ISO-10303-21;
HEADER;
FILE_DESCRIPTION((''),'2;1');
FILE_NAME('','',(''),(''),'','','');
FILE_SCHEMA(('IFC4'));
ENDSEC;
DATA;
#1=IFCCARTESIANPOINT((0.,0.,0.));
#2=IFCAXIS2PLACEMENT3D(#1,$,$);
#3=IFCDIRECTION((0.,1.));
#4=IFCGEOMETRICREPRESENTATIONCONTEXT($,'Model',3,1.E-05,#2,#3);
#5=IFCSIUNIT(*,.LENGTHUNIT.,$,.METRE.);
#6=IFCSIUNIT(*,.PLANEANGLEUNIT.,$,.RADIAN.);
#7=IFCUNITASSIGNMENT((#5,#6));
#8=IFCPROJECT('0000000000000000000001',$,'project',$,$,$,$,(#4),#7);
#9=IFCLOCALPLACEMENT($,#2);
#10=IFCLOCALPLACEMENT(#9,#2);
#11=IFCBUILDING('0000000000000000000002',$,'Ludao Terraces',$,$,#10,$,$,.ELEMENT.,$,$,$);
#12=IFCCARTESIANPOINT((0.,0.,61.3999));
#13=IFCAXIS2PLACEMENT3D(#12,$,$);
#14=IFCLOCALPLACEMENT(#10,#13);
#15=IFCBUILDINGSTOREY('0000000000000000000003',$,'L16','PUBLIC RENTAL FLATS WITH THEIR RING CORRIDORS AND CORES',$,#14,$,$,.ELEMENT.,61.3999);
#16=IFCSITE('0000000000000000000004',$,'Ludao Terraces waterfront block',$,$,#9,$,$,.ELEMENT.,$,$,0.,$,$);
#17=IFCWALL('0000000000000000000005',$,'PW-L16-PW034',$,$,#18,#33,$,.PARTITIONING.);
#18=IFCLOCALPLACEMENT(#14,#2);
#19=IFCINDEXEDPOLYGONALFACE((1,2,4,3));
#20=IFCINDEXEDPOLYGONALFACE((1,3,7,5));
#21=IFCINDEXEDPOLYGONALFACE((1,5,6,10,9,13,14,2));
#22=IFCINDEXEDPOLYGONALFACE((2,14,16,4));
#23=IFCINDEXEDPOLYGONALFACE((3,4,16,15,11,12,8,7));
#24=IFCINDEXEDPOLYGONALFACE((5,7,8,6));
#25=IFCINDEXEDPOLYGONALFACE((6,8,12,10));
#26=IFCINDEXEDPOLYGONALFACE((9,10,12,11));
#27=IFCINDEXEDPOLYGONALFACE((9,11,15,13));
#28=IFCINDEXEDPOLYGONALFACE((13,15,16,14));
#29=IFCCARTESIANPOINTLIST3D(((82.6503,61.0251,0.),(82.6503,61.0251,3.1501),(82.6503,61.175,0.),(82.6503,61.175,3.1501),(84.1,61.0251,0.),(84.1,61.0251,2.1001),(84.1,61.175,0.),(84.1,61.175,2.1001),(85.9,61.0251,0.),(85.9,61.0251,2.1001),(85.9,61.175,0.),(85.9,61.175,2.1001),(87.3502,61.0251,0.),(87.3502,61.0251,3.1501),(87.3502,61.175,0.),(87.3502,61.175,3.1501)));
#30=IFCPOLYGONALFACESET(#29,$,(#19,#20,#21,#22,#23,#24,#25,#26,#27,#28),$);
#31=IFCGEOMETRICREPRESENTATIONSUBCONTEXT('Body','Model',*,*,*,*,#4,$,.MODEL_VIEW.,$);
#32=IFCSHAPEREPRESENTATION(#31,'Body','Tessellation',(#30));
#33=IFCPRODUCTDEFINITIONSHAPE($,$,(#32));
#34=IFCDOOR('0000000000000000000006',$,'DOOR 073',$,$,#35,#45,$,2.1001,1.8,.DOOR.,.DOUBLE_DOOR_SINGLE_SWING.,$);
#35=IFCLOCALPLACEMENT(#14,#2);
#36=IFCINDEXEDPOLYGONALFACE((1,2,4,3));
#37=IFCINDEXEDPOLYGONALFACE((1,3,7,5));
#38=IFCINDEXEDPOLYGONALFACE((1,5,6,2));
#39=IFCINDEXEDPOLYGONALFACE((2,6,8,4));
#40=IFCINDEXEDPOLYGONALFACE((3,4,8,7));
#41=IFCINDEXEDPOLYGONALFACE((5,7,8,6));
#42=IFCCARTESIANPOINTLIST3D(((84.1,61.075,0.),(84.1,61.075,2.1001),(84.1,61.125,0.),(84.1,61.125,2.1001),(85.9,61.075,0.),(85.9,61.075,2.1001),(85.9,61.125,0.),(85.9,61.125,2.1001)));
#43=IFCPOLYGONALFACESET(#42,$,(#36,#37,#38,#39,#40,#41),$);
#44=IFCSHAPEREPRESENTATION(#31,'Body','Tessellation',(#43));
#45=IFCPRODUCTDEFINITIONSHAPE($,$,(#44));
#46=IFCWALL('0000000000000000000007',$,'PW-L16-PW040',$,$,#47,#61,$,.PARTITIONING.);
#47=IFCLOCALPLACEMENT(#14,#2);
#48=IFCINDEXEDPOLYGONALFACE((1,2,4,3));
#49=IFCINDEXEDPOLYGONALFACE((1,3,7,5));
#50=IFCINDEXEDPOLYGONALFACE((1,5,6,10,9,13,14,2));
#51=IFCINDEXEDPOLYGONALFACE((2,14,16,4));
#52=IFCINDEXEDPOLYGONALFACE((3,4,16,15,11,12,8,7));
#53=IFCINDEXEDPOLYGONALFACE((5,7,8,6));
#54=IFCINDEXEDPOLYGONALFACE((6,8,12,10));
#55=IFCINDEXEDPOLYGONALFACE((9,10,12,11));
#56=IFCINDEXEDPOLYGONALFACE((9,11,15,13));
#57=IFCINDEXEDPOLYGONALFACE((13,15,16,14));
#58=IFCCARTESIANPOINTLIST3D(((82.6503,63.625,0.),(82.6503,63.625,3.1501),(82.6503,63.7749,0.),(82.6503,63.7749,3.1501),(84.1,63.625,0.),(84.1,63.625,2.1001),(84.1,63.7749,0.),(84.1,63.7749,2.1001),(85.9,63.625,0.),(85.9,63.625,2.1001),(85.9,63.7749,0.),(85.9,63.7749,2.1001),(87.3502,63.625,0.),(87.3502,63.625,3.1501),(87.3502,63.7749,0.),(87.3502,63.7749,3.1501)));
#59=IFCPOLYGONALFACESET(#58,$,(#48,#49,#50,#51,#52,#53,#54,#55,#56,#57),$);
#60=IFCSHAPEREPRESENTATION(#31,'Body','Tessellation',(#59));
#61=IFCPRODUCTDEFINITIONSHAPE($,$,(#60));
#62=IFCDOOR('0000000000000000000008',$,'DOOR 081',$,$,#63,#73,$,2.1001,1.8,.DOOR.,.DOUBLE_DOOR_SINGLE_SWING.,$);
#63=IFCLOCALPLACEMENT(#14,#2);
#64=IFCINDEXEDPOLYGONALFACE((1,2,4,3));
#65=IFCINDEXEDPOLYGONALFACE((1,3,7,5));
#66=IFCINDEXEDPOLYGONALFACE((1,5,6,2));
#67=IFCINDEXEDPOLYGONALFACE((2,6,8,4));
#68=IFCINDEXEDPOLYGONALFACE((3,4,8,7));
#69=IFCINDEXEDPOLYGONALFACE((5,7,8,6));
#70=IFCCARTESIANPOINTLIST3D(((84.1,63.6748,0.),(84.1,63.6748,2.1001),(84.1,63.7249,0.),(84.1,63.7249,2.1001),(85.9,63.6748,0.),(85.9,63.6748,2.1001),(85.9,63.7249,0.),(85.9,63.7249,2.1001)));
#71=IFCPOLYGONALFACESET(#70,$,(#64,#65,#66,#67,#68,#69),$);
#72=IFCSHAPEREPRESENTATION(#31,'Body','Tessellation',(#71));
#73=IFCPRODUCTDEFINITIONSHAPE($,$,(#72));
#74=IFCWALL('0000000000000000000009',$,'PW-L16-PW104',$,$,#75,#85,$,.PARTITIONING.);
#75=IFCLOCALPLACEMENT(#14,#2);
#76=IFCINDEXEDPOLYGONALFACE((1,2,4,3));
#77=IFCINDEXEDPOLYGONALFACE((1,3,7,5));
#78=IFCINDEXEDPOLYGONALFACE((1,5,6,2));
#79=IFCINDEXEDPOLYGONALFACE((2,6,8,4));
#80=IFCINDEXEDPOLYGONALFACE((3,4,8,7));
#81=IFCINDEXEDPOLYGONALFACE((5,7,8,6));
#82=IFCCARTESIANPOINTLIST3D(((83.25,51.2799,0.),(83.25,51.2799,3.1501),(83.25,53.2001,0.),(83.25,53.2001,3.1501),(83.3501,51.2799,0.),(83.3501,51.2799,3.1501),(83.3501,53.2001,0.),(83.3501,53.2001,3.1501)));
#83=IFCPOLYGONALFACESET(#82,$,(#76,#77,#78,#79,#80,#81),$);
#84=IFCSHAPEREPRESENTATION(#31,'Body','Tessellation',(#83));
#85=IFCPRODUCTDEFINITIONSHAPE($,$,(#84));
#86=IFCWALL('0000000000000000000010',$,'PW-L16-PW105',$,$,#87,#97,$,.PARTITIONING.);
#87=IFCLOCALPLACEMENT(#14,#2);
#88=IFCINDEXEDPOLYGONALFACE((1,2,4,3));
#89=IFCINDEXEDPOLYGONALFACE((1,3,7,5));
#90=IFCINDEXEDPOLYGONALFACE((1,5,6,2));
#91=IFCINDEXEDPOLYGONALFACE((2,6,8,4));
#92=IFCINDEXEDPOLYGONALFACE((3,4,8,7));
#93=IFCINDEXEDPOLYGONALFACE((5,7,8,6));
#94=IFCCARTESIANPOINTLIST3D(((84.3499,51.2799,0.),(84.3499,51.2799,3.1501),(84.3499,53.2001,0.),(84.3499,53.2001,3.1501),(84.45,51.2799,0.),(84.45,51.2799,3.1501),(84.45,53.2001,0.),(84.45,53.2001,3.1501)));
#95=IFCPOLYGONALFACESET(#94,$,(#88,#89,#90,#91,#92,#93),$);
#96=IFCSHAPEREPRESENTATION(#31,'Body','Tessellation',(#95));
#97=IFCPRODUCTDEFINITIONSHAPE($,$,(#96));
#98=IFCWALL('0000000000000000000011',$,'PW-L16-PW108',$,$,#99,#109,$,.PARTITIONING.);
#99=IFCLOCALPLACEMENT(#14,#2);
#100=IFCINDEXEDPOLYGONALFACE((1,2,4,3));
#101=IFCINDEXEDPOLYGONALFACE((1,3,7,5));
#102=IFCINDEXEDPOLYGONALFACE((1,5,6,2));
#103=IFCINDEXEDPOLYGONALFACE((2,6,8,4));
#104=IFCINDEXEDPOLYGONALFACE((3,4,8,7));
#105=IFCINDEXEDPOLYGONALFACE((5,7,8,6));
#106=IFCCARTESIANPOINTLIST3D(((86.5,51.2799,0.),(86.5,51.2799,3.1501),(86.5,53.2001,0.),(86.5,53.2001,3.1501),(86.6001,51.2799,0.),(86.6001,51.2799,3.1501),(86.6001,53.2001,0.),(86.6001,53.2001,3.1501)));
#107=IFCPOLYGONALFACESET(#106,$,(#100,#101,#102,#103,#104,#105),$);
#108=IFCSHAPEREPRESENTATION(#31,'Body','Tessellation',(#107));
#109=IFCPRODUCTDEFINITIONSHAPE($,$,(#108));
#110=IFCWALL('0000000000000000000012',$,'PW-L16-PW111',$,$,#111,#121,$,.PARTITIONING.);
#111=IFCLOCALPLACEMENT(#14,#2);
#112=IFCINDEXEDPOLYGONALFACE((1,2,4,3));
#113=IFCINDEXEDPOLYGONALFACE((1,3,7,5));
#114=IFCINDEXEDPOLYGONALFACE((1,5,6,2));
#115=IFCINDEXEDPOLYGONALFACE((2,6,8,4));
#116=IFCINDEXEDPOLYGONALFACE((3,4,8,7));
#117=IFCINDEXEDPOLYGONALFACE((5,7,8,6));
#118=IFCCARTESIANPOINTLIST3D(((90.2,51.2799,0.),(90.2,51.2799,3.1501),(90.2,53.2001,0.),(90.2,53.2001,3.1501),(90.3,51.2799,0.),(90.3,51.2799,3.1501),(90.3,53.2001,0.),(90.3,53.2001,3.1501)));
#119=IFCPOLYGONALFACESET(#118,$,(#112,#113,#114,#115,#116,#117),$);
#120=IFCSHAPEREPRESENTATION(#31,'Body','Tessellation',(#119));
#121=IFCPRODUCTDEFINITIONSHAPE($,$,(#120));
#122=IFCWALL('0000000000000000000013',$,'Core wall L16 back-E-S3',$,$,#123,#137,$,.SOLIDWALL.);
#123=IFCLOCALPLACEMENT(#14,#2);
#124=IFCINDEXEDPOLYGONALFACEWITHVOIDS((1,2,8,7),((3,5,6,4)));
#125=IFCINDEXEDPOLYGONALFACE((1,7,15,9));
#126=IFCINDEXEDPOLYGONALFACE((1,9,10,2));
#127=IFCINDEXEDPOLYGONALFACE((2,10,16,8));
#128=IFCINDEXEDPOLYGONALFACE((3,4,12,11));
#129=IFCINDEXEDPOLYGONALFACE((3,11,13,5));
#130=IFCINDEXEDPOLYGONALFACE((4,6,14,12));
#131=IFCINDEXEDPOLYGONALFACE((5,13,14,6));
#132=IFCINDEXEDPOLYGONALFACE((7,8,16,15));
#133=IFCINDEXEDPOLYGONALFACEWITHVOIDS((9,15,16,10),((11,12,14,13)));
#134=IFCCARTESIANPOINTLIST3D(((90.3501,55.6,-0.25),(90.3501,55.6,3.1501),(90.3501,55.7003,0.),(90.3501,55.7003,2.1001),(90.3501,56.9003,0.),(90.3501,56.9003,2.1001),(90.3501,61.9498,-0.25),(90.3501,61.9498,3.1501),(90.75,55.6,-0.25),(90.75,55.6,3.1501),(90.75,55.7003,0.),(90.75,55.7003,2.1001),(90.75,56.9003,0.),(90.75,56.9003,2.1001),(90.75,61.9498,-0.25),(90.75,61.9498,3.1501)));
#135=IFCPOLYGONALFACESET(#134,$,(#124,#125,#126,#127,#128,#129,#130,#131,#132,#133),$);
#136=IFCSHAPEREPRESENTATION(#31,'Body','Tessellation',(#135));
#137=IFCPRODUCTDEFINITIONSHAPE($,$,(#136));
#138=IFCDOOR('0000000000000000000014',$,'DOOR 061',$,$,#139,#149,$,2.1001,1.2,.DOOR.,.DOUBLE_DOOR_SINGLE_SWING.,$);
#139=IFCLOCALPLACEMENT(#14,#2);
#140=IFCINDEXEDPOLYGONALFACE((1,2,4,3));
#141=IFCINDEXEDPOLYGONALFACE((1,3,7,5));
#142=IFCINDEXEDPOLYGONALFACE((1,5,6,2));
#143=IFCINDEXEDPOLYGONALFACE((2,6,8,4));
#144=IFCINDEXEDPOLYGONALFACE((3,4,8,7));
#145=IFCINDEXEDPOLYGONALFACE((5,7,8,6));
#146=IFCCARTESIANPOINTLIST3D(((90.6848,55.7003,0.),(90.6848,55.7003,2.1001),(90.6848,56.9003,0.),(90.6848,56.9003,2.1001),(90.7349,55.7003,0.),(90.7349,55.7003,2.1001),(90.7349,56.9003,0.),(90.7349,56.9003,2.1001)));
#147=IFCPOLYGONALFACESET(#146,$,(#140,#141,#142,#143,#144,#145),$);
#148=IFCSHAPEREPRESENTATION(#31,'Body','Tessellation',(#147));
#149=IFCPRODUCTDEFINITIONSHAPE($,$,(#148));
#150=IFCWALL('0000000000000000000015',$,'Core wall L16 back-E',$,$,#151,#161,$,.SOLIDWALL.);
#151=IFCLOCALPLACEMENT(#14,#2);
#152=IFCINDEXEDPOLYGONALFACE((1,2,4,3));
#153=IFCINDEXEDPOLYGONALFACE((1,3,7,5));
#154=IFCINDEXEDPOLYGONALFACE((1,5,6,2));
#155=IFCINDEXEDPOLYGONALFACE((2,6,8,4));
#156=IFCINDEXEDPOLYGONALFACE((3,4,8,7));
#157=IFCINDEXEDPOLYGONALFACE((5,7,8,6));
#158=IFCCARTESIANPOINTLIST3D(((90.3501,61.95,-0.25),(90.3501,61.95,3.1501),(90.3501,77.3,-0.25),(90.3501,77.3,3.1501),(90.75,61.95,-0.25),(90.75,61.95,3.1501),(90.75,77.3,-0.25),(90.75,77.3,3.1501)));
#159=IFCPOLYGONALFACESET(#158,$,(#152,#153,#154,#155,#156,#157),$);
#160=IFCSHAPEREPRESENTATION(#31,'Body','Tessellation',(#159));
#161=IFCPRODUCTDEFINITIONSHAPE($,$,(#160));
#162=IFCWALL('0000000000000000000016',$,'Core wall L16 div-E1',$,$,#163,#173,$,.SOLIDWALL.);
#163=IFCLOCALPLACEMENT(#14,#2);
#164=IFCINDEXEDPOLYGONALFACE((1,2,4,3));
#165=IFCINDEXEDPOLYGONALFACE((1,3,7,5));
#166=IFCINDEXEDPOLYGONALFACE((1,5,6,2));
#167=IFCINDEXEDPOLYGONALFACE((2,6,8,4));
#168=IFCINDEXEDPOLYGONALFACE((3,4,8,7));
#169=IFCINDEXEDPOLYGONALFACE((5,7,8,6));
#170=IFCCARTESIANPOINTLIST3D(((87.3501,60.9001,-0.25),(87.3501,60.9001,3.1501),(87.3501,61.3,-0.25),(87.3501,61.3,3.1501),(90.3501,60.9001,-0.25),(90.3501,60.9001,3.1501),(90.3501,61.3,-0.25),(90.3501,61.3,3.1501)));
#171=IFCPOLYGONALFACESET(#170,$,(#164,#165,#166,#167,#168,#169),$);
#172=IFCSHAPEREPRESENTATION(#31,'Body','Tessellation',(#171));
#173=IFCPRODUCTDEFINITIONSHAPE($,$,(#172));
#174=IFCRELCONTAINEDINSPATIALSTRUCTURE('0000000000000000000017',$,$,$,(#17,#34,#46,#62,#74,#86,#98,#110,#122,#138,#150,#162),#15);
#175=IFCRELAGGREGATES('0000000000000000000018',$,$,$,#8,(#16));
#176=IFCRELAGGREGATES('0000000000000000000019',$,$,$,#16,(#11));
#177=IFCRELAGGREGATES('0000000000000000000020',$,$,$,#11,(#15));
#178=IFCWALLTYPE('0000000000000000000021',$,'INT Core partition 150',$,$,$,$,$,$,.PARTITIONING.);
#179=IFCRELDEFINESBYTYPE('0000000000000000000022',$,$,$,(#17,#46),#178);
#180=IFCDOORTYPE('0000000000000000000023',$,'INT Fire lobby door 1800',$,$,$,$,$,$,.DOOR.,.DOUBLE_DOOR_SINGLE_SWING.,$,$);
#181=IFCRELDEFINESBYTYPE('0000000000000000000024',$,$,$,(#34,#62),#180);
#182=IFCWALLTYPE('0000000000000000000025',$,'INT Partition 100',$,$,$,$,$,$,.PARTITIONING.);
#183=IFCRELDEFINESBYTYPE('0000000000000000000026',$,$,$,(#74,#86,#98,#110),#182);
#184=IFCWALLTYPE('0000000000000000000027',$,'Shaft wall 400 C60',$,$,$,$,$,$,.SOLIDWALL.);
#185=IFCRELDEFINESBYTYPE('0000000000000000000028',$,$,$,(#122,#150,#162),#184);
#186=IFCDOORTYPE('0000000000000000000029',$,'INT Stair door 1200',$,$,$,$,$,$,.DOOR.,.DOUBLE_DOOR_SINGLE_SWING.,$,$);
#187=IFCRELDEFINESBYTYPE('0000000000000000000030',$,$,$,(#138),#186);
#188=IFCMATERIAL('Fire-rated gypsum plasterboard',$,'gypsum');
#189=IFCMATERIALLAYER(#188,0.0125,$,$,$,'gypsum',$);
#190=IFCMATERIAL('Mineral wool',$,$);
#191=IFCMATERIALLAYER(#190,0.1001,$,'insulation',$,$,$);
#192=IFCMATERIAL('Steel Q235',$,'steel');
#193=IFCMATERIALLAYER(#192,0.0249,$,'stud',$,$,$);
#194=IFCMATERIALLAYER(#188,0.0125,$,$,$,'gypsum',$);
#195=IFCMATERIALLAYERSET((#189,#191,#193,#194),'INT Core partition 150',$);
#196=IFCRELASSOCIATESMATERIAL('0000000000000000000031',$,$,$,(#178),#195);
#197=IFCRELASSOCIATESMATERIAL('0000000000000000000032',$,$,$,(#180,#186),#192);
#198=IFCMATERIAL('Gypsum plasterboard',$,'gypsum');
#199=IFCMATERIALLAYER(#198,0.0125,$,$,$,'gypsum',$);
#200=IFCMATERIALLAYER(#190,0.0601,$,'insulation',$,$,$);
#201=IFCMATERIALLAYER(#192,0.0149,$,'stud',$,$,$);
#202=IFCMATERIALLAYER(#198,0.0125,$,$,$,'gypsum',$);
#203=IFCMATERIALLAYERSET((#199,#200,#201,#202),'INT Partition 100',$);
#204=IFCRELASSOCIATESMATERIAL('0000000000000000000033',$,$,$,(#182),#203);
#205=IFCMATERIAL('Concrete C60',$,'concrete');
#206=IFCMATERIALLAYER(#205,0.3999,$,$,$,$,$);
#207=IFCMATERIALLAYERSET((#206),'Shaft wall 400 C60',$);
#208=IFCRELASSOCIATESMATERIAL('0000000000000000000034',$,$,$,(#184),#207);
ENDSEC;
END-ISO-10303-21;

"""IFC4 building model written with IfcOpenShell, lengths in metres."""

from ifc_helpers import new_model, si_unit, direction, frame, frame_2d, origin, place, context, subcontext, project, spatial, rectangle, extrude, material, layer, layer_set, type_object, element, fill, save


model = new_model("IFC4")

# Units and contexts
model_context = context("Model", 3, precision=1e-05, world=origin(), true_north=direction((0.0, 1.0)))
body_context = subcontext(model_context, "Body", "Model", "MODEL_VIEW")
ifc_project = project(units=[si_unit("LENGTHUNIT", "METRE"), si_unit("PLANEANGLEUNIT", "RADIAN")], contexts=[model_context])

# Site, building, storey
site_placement = place(None, origin())
site = spatial("IfcSite", under=ifc_project, at=site_placement, Name="Ludao Terraces waterfront block", CompositionType="ELEMENT", RefElevation=0.0)
building_placement = place(site_placement, origin())
building = spatial("IfcBuilding", under=site, at=building_placement, Name="Ludao Terraces", CompositionType="ELEMENT")
storey_placement = place(building_placement, frame((0.0, 0.0, 61.3999)))
storey = spatial("IfcBuildingStorey", under=building, at=storey_placement, Name="L16", Description="PUBLIC RENTAL FLATS WITH THEIR RING CORRIDORS AND CORES", CompositionType="ELEMENT", Elevation=61.3999)

# Walls, openings, doors
ifc_material_1 = material(Name="Fire-rated gypsum plasterboard", Category="gypsum")
ifc_layer_1 = layer(ifc_material_1, 0.0125, Category="gypsum")
ifc_material_2 = material(Name="Mineral wool")
ifc_layer_2 = layer(ifc_material_2, 0.1001, Name="insulation")
ifc_material_3 = material(Name="Steel Q235", Category="steel")
ifc_layer_3 = layer(ifc_material_3, 0.0249, Name="stud")
ifc_layer_4 = layer(ifc_material_1, 0.0125, Category="gypsum")
ifc_layer_set_1 = layer_set([ifc_layer_1, ifc_layer_2, ifc_layer_3, ifc_layer_4], Name="INT Core partition 150")
wall_type_1 = type_object("IfcWallType", Name="INT Core partition 150", PredefinedType="PARTITIONING", material=ifc_layer_set_1)
wall_1_placement = place(storey_placement, frame((82.6501, 61.1001, 0.0), z_axis=(0.0, 0.0, 1.0), x_axis=(1.0, 0.0, 0.0)))
wall_1 = element("IfcWall", 1, at=wall_1_placement, inside=storey, type_object=wall_type_1, Name="PW-L16-PW034", PredefinedType="PARTITIONING", context=body_context, shape_type="SweptSolid", body=[
    extrude(rectangle(XDim=4.7, YDim=0.1499, at=frame_2d((2.3501, 0.0))), origin(), (0.0, 0.0, 1.0), 3.1501),
])
opening_1_placement = place(wall_1_placement, frame((1.45, 0.0, 0.0)))
opening_1 = element("IfcOpeningElement", 2, at=opening_1_placement, cuts=wall_1, PredefinedType="OPENING", context=body_context, shape_type="SweptSolid", body=[
    extrude(rectangle(XDim=1.8, YDim=2.1001, at=frame_2d((0.8999, 1.05))), frame((0.0, 0.085, 0.0), z_axis=(0.0, -1.0, 0.0), x_axis=(1.0, 0.0, 0.0)), (0.0, 0.0, 1.0), 0.1699),
])
door_type_1 = type_object("IfcDoorType", Name="INT Fire lobby door 1800", OperationType="DOUBLE_DOOR_SINGLE_SWING", PredefinedType="DOOR", material=ifc_material_3)
door_1_placement = place(opening_1_placement, origin())
door_1 = element("IfcDoor", 3, at=door_1_placement, inside=storey, type_object=door_type_1, Name="DOOR 073", OperationType="DOUBLE_DOOR_SINGLE_SWING", OverallHeight=2.1001, OverallWidth=1.8, PredefinedType="DOOR", context=body_context, shape_type="SweptSolid", body=[
    extrude(rectangle(XDim=1.8, YDim=2.1001, at=frame_2d((0.8999, 1.05))), frame((0.0, 0.0249, 0.0), z_axis=(0.0, -1.0, 0.0), x_axis=(1.0, 0.0, 0.0)), (0.0, 0.0, 1.0), 0.05),
])
fill(opening_1, door_1)
wall_2_placement = place(storey_placement, frame((82.6501, 63.7, 0.0), z_axis=(0.0, 0.0, 1.0), x_axis=(1.0, 0.0, 0.0)))
wall_2 = element("IfcWall", 4, at=wall_2_placement, inside=storey, type_object=wall_type_1, Name="PW-L16-PW040", PredefinedType="PARTITIONING", context=body_context, shape_type="SweptSolid", body=[
    extrude(rectangle(XDim=4.7, YDim=0.1499, at=frame_2d((2.3501, 0.0))), origin(), (0.0, 0.0, 1.0), 3.1501),
])
opening_2_placement = place(wall_2_placement, frame((1.45, 0.0, 0.0)))
opening_2 = element("IfcOpeningElement", 5, at=opening_2_placement, cuts=wall_2, PredefinedType="OPENING", context=body_context, shape_type="SweptSolid", body=[
    extrude(rectangle(XDim=1.8, YDim=2.1001, at=frame_2d((0.8999, 1.05))), frame((0.0, 0.085, 0.0), z_axis=(0.0, -1.0, 0.0), x_axis=(1.0, 0.0, 0.0)), (0.0, 0.0, 1.0), 0.1699),
])
door_2_placement = place(opening_2_placement, origin())
door_2 = element("IfcDoor", 6, at=door_2_placement, inside=storey, type_object=door_type_1, Name="DOOR 081", OperationType="DOUBLE_DOOR_SINGLE_SWING", OverallHeight=2.1001, OverallWidth=1.8, PredefinedType="DOOR", context=body_context, shape_type="SweptSolid", body=[
    extrude(rectangle(XDim=1.8, YDim=2.1001, at=frame_2d((0.8999, 1.05))), frame((0.0, 0.0249, 0.0), z_axis=(0.0, -1.0, 0.0), x_axis=(1.0, 0.0, 0.0)), (0.0, 0.0, 1.0), 0.05),
])
fill(opening_2, door_2)

# Walls
ifc_material_4 = material(Name="Gypsum plasterboard", Category="gypsum")
ifc_layer_5 = layer(ifc_material_4, 0.0125, Category="gypsum")
ifc_layer_6 = layer(ifc_material_2, 0.0601, Name="insulation")
ifc_layer_7 = layer(ifc_material_3, 0.0149, Name="stud")
ifc_layer_8 = layer(ifc_material_4, 0.0125, Category="gypsum")
ifc_layer_set_2 = layer_set([ifc_layer_5, ifc_layer_6, ifc_layer_7, ifc_layer_8], Name="INT Partition 100")
wall_type_2 = type_object("IfcWallType", Name="INT Partition 100", PredefinedType="PARTITIONING", material=ifc_layer_set_2)
for number, where, z_axis, x_axis, name in (
    (7, (83.3, 51.28, 0.0), (0.0, 0.0, 1.0), (0.0, 1.0, 0.0), "PW-L16-PW104"),
    (8, (84.3999, 51.28, 0.0), (0.0, 0.0, 1.0), (0.0, 1.0, 0.0), "PW-L16-PW105"),
    (9, (86.55, 51.28, 0.0), (0.0, 0.0, 1.0), (0.0, 1.0, 0.0), "PW-L16-PW108"),
    (10, (90.25, 51.28, 0.0), (0.0, 0.0, 1.0), (0.0, 1.0, 0.0), "PW-L16-PW111"),
):
    element("IfcWall", number, at=place(storey_placement, frame(where, z_axis=z_axis, x_axis=x_axis)), inside=storey, type_object=wall_type_2, Name=name, PredefinedType="PARTITIONING", context=body_context, shape_type="SweptSolid", body=[
        extrude(rectangle(XDim=1.9202, YDim=0.1001, at=frame_2d((0.96, 0.0))), origin(), (0.0, 0.0, 1.0), 3.1501),
    ])

# Wall, opening, door
ifc_material_5 = material(Name="Concrete C60", Category="concrete")
ifc_layer_9 = layer(ifc_material_5, 0.3999)
ifc_layer_set_3 = layer_set([ifc_layer_9], Name="Shaft wall 400 C60")
wall_type_3 = type_object("IfcWallType", Name="Shaft wall 400 C60", PredefinedType="SOLIDWALL", material=ifc_layer_set_3)
wall_3_placement = place(storey_placement, frame((90.55, 55.6001, -0.25), z_axis=(0.0, 0.0, 1.0), x_axis=(0.0, 1.0, 0.0)))
wall_3 = element("IfcWall", 11, at=wall_3_placement, inside=storey, type_object=wall_type_3, Name="Core wall L16 back-E-S3", PredefinedType="SOLIDWALL", context=body_context, shape_type="SweptSolid", body=[
    extrude(rectangle(XDim=6.3499, YDim=0.3999, at=frame_2d((3.1748, 0.0))), origin(), (0.0, 0.0, 1.0), 3.4001),
])
opening_3_placement = place(wall_3_placement, frame((0.1001, 0.0, 0.25)))
opening_3 = element("IfcOpeningElement", 12, at=opening_3_placement, cuts=wall_3, PredefinedType="OPENING", context=body_context, shape_type="SweptSolid", body=[
    extrude(rectangle(XDim=1.2, YDim=2.1001, at=frame_2d((0.6001, 1.05))), frame((0.0, 0.21, 0.0), z_axis=(0.0, -1.0, 0.0), x_axis=(1.0, 0.0, 0.0)), (0.0, 0.0, 1.0), 0.4199),
])
door_type_2 = type_object("IfcDoorType", Name="INT Stair door 1200", OperationType="DOUBLE_DOOR_SINGLE_SWING", PredefinedType="DOOR", material=ifc_material_3)
door_3_placement = place(opening_3_placement, origin())
door_3 = element("IfcDoor", 13, at=door_3_placement, inside=storey, type_object=door_type_2, Name="DOOR 061", OperationType="DOUBLE_DOOR_SINGLE_SWING", OverallHeight=2.1001, OverallWidth=1.2, PredefinedType="DOOR", context=body_context, shape_type="SweptSolid", body=[
    extrude(rectangle(XDim=1.2, YDim=2.1001, at=frame_2d((0.6001, 1.05))), frame((0.0, -0.1348, 0.0), z_axis=(0.0, -1.0, 0.0), x_axis=(1.0, 0.0, 0.0)), (0.0, 0.0, 1.0), 0.05),
])
fill(opening_3, door_3)

# Walls
wall_4_placement = place(storey_placement, frame((90.55, 61.95, -0.25), z_axis=(0.0, 0.0, 1.0), x_axis=(0.0, 1.0, 0.0)))
element("IfcWall", 14, at=wall_4_placement, inside=storey, type_object=wall_type_3, Name="Core wall L16 back-E", PredefinedType="SOLIDWALL", context=body_context, shape_type="SweptSolid", body=[
    extrude(rectangle(XDim=15.3501, YDim=0.3999, at=frame_2d((7.675, 0.0))), origin(), (0.0, 0.0, 1.0), 3.4001),
])
wall_5_placement = place(storey_placement, frame((87.3501, 61.1001, -0.25), z_axis=(0.0, 0.0, 1.0), x_axis=(1.0, 0.0, 0.0)))
element("IfcWall", 15, at=wall_5_placement, inside=storey, type_object=wall_type_3, Name="Core wall L16 div-E1", PredefinedType="SOLIDWALL", context=body_context, shape_type="SweptSolid", body=[
    extrude(rectangle(XDim=3.0, YDim=0.3999, at=frame_2d((1.5, 0.0))), origin(), (0.0, 0.0, 1.0), 3.4001),
])

save(model, "model.ifc")
